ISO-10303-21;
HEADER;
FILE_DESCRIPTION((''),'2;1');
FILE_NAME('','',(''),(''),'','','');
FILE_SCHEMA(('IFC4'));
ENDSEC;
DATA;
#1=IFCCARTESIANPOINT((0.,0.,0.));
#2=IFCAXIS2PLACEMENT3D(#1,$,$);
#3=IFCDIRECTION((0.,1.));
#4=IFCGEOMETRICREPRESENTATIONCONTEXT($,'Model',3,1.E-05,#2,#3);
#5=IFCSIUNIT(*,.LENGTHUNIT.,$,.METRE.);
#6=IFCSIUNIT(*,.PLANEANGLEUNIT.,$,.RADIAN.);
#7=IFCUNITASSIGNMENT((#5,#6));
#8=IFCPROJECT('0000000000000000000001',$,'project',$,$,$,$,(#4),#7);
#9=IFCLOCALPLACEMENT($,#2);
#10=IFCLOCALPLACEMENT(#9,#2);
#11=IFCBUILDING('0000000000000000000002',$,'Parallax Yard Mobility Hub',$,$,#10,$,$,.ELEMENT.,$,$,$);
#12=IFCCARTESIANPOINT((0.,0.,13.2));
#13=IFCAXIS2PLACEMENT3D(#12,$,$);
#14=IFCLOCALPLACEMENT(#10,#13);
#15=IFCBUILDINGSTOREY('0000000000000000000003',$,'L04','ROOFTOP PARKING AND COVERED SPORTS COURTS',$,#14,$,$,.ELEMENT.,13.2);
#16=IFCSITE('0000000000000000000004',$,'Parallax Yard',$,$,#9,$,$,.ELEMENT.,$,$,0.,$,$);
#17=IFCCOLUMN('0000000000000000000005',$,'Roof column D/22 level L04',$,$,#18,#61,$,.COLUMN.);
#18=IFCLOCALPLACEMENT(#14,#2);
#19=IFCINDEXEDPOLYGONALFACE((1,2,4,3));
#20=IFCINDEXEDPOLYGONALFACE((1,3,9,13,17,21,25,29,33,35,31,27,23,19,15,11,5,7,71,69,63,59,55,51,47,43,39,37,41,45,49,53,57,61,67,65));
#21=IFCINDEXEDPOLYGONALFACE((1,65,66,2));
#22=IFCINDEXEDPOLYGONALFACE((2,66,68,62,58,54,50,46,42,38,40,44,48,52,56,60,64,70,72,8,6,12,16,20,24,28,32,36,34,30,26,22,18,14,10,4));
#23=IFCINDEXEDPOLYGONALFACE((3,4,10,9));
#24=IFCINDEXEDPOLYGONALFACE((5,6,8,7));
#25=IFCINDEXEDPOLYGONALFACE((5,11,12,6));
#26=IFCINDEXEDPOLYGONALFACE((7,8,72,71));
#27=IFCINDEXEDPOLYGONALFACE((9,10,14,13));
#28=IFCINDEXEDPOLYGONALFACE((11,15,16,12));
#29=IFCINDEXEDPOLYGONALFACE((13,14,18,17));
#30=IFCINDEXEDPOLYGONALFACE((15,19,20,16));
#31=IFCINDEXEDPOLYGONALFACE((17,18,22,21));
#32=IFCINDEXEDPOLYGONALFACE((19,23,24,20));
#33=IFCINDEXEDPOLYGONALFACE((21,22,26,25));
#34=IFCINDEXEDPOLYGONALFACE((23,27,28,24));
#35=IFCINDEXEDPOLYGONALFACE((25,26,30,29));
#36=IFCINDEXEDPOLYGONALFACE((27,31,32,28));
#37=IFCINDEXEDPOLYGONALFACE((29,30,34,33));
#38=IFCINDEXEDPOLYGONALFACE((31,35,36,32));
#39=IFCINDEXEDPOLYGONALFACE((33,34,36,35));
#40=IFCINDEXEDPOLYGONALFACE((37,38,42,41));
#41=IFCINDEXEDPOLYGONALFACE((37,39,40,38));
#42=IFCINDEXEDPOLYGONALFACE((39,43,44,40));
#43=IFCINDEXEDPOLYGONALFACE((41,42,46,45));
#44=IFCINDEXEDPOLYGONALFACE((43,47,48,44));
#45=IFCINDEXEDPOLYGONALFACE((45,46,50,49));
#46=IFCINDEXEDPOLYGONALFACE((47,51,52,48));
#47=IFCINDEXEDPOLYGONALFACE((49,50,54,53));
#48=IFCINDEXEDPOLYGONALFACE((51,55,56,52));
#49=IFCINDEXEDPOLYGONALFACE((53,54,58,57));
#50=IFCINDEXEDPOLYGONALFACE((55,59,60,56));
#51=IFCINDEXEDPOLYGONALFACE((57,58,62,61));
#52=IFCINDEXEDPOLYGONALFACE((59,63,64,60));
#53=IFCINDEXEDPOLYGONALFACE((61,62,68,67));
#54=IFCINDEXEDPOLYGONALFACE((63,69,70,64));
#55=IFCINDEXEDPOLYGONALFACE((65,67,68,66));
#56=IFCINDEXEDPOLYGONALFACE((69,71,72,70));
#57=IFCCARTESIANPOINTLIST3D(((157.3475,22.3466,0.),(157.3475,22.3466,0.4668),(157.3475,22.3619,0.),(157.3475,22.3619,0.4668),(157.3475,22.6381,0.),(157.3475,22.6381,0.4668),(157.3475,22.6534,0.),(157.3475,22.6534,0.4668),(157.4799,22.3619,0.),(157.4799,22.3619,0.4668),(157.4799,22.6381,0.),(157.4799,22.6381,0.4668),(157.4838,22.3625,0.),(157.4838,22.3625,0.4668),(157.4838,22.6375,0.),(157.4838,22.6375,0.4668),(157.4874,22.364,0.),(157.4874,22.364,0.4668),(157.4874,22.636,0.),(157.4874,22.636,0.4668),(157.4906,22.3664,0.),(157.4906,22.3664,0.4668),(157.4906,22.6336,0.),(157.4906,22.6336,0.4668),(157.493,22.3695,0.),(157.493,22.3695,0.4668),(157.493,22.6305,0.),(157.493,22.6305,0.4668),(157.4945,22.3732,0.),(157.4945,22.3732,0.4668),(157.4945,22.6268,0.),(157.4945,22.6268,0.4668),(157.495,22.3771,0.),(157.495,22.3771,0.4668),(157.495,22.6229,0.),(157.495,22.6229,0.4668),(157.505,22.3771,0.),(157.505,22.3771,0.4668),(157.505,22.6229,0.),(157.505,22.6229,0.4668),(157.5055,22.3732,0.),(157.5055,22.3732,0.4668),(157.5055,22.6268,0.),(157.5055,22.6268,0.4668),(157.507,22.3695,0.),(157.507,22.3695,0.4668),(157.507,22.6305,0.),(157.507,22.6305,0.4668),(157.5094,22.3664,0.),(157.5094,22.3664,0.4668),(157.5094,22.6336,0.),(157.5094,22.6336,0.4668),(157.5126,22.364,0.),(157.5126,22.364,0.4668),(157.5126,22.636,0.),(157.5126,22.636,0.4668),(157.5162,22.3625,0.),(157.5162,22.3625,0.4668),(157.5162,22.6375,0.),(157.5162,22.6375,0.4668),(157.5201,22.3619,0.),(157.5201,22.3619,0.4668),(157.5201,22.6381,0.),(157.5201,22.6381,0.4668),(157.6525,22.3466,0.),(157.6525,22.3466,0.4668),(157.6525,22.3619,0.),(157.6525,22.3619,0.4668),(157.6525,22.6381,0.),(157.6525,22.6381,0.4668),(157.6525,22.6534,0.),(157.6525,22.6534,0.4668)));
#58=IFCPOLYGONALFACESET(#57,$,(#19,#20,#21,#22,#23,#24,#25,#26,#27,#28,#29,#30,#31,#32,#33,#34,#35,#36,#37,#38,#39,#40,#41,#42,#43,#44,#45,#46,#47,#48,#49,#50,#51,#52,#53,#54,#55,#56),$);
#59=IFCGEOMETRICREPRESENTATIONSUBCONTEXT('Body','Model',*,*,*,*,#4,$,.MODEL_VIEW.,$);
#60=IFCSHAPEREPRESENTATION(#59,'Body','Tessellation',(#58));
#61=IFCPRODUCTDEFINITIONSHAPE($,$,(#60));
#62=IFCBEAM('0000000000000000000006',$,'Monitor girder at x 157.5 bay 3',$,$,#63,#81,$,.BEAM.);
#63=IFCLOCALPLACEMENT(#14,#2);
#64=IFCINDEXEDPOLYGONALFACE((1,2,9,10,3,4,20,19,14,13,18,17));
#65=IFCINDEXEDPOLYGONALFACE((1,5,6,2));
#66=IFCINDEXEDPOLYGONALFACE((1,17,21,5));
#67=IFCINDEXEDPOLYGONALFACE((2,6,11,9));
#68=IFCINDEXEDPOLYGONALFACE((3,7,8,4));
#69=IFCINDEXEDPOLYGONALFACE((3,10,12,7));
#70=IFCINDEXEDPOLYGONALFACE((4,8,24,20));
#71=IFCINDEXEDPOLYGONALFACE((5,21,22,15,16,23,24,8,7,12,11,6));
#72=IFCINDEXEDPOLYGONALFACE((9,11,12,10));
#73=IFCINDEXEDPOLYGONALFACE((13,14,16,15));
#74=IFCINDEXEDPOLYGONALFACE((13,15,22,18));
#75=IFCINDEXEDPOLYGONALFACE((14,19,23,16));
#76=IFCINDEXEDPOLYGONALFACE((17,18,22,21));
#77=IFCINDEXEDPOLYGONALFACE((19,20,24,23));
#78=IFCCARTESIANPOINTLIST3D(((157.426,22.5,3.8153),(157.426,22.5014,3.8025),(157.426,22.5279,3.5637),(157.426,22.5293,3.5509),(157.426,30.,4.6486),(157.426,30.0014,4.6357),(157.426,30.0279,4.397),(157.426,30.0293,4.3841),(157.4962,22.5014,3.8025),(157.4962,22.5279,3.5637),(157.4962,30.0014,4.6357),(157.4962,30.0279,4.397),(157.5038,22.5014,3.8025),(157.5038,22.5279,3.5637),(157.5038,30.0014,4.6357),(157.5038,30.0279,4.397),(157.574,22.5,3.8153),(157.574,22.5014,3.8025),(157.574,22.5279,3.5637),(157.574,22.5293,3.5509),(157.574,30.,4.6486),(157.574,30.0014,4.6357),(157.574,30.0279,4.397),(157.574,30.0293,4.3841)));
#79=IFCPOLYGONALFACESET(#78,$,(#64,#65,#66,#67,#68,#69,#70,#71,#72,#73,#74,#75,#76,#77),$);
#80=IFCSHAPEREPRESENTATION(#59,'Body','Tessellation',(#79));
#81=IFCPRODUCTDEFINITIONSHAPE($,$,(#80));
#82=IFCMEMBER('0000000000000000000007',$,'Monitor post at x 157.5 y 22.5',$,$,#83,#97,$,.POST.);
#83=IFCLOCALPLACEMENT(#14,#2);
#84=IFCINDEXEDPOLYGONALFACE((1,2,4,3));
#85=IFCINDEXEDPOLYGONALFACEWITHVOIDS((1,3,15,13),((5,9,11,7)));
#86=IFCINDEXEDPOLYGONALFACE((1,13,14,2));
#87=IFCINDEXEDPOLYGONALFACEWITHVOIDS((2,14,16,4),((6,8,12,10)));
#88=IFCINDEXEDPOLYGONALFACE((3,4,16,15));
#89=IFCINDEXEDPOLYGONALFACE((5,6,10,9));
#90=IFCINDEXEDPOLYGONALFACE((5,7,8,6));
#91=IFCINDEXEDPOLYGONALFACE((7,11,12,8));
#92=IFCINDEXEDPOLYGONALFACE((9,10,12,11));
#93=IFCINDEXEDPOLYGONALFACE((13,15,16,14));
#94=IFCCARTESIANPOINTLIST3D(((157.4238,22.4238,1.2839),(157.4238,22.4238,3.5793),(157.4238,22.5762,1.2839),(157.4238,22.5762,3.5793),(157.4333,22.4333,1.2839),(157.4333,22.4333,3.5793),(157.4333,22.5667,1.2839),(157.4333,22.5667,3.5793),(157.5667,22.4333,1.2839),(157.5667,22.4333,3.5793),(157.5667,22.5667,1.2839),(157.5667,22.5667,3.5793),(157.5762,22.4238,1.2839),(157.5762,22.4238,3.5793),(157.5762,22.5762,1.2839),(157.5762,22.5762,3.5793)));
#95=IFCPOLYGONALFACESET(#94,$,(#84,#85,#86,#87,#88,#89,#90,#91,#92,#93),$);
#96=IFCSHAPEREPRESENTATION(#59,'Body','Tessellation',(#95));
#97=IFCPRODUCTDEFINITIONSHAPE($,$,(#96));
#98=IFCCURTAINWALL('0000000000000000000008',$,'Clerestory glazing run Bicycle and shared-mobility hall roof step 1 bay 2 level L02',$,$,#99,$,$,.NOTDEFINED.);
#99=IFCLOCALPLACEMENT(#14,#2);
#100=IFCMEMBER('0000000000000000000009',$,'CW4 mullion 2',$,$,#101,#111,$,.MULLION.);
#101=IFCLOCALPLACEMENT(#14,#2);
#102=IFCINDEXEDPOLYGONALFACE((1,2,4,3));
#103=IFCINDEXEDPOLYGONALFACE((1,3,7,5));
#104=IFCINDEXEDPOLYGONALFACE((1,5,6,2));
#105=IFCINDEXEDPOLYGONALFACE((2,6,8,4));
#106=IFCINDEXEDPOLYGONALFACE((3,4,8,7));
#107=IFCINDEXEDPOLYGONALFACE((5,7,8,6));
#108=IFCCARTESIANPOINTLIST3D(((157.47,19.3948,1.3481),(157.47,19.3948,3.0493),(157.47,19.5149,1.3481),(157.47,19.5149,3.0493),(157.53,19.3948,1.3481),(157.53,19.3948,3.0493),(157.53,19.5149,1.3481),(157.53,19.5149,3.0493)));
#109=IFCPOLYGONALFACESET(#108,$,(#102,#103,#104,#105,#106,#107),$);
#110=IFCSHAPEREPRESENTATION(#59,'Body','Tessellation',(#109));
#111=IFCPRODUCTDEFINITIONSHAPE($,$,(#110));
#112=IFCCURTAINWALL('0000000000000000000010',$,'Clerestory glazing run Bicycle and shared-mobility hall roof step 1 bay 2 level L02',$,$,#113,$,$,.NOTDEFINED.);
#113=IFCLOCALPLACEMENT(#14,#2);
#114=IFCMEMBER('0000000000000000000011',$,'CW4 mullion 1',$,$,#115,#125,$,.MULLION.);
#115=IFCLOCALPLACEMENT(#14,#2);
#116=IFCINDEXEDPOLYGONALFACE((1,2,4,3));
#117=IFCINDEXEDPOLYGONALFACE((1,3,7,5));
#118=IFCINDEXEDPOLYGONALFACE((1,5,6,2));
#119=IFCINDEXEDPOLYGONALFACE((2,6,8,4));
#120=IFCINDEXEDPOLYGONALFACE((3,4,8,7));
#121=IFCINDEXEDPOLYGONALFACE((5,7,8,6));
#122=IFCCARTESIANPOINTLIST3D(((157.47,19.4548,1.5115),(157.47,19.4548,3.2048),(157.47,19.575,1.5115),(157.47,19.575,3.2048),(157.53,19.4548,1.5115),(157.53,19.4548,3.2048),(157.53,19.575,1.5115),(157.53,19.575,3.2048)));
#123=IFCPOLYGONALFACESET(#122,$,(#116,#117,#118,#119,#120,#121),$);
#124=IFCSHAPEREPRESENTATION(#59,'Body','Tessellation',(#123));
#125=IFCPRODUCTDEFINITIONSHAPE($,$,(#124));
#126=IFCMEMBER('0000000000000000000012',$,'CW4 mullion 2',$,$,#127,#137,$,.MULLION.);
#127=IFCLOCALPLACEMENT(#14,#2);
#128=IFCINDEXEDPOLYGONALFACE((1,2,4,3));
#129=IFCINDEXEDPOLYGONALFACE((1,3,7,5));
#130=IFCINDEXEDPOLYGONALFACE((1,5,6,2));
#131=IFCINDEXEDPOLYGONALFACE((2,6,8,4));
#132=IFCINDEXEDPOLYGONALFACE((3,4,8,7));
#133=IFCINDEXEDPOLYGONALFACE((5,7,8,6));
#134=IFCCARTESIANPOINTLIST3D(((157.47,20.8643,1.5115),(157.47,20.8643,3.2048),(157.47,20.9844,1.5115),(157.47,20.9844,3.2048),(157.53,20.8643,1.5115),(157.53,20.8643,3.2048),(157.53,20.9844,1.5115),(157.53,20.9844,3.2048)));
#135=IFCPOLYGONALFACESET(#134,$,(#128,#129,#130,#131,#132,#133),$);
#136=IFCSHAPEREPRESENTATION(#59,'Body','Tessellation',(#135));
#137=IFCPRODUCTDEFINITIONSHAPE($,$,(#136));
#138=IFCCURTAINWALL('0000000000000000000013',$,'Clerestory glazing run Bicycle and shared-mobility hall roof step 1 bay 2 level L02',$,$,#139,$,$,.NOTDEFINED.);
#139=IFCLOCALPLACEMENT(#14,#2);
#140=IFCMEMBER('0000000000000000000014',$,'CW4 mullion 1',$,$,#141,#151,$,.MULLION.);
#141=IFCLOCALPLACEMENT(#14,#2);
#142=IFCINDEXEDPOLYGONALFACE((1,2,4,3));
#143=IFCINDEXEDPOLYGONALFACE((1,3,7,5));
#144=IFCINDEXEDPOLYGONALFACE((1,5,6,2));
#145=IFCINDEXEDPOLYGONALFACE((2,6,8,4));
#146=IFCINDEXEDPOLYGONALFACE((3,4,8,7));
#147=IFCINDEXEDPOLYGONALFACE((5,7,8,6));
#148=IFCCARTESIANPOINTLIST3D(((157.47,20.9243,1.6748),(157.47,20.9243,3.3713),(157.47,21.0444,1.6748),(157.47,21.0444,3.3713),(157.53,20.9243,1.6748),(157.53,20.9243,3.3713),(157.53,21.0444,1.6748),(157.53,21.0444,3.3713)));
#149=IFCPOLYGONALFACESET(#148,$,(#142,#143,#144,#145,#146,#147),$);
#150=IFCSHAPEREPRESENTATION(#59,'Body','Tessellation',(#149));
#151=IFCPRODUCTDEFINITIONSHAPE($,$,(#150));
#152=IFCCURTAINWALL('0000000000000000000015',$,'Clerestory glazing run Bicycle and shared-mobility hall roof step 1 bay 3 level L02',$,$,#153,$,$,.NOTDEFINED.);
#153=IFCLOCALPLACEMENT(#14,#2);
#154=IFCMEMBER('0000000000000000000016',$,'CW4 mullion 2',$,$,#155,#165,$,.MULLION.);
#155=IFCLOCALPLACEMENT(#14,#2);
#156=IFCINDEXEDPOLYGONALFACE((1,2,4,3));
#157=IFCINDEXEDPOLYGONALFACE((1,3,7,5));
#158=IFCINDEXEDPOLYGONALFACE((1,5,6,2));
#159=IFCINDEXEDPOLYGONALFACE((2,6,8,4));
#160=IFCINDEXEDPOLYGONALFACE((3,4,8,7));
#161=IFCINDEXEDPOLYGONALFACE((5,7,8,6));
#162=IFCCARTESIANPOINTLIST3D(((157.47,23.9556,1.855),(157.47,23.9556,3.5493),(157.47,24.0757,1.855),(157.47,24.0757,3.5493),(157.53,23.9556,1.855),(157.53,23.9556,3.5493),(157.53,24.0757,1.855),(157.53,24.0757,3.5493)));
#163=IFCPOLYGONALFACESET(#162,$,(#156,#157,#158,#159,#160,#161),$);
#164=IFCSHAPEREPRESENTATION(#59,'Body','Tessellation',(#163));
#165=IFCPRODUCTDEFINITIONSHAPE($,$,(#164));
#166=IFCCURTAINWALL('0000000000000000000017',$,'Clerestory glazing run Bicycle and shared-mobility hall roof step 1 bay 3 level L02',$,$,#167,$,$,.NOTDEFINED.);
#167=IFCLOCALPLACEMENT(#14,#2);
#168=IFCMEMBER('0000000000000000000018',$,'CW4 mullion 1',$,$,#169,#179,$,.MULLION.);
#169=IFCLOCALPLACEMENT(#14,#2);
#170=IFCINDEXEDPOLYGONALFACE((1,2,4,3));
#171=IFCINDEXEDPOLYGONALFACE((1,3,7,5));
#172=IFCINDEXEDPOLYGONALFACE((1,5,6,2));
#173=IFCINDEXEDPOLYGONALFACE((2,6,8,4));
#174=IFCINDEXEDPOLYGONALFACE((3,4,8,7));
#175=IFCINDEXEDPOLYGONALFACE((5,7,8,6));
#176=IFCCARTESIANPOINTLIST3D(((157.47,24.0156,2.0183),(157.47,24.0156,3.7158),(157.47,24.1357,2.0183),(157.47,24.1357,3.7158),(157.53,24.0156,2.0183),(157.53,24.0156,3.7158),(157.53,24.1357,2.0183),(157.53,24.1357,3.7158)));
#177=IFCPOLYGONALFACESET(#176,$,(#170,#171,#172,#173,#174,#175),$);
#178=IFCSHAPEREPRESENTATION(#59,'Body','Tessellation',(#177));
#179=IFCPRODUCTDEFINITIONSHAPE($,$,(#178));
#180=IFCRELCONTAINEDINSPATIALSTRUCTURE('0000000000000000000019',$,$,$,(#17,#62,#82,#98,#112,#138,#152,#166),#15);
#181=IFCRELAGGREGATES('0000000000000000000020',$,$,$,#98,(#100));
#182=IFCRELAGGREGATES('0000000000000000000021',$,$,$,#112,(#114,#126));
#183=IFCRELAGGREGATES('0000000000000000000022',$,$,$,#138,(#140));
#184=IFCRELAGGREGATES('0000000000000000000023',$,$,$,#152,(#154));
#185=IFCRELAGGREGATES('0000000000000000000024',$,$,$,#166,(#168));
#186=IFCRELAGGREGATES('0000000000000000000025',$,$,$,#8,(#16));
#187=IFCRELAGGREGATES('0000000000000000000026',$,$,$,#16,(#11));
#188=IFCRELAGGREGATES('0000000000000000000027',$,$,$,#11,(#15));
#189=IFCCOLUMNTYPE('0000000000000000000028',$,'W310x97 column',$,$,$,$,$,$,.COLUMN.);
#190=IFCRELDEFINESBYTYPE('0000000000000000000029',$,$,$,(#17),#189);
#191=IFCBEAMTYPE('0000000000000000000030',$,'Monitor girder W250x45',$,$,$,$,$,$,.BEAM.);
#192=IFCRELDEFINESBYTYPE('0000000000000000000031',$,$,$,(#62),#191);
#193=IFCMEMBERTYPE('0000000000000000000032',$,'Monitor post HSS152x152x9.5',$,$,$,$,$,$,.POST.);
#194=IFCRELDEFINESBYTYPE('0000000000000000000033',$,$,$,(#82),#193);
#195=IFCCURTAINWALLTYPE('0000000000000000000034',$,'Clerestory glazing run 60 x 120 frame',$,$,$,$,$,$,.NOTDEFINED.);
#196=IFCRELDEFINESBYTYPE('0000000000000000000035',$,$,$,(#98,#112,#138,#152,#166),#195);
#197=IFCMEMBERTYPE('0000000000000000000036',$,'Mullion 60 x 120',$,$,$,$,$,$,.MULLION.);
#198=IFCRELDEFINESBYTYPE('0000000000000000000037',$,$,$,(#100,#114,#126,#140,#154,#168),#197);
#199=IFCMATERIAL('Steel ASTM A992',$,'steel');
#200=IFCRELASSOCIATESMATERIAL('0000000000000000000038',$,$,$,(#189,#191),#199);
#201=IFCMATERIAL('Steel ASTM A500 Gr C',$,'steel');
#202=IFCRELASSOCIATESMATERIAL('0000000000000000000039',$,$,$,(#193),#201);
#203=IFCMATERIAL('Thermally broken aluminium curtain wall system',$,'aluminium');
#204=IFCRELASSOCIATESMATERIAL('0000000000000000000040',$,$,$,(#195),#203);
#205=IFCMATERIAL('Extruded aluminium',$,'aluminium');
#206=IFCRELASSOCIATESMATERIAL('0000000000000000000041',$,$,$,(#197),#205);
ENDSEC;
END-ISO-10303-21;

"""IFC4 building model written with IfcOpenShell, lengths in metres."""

from ifc_helpers import new_model, si_unit, direction, frame, origin, origin_2d, place, context, subcontext, project, spatial, rectangle, hollow_rectangle, i_section, extrude, material, material_profile, profile_set, type_object, element, aggregate, save


model = new_model("IFC4")

# Units and contexts
model_context = context("Model", 3, precision=1e-05, world=origin(), true_north=direction((0.0, 1.0)))
body_context = subcontext(model_context, "Body", "Model", "MODEL_VIEW")
ifc_project = project(units=[si_unit("LENGTHUNIT", "METRE"), si_unit("PLANEANGLEUNIT", "RADIAN")], contexts=[model_context])

# Site, building, storey
site_placement = place(None, origin())
site = spatial("IfcSite", under=ifc_project, at=site_placement, Name="Parallax Yard", CompositionType="ELEMENT", RefElevation=0.0)
building_placement = place(site_placement, origin())
building = spatial("IfcBuilding", under=site, at=building_placement, Name="Parallax Yard Mobility Hub", CompositionType="ELEMENT")
storey_placement = place(building_placement, frame((0.0, 0.0, 13.2)))
storey = spatial("IfcBuildingStorey", under=building, at=storey_placement, Name="L04", Description="ROOFTOP PARKING AND COVERED SPORTS COURTS", CompositionType="ELEMENT", Elevation=13.2)

# Column
ifc_material_1 = material(Name="Steel ASTM A992", Category="steel")
ifc_material_profile_1 = material_profile(ifc_material_1, i_section(OverallWidth=0.3049, OverallDepth=0.3069, WebThickness=0.01, FlangeThickness=0.0154, FilletRadius=0.0151, at=origin_2d()), Name="W310x97")
ifc_profile_set_1 = profile_set([ifc_material_profile_1], Name="Steel ASTM A992")
column_type = type_object("IfcColumnType", Name="W310x97 column", PredefinedType="COLUMN", material=ifc_profile_set_1)
column_placement = place(storey_placement, frame((157.5, 22.5, 0.0), z_axis=(0.0, 0.0, 1.0), x_axis=(1.0, 0.0, 0.0)))
element("IfcColumn", 1, at=column_placement, inside=storey, type_object=column_type, Name="Roof column D/22 level L04", PredefinedType="COLUMN", context=body_context, shape_type="SweptSolid", body=[
    extrude(i_section(OverallWidth=0.3049, OverallDepth=0.3069, WebThickness=0.01, FlangeThickness=0.0154, FilletRadius=0.0151, at=origin_2d()), origin(), (0.0, 0.0, 1.0), 0.4668),
])

# Beam
ifc_material_profile_2 = material_profile(ifc_material_1, i_section(OverallWidth=0.1479, OverallDepth=0.2661, WebThickness=0.0076, FlangeThickness=0.0129, at=origin_2d()), Name="W250x45")
ifc_profile_set_2 = profile_set([ifc_material_profile_2], Name="Steel ASTM A992")
beam_type = type_object("IfcBeamType", Name="Monitor girder W250x45", PredefinedType="BEAM", material=ifc_profile_set_2)
beam_placement = place(storey_placement, frame((157.5, 22.5146, 3.6831), z_axis=(0.0, 0.993885, 0.110421), x_axis=(-1.0, 0.0, 0.0)))
element("IfcBeam", 2, at=beam_placement, inside=storey, type_object=beam_type, Name="Monitor girder at x 157.5 bay 3", PredefinedType="BEAM", context=body_context, shape_type="SweptSolid", body=[
    extrude(i_section(OverallWidth=0.1479, OverallDepth=0.2661, WebThickness=0.0076, FlangeThickness=0.0129, at=origin_2d()), origin(), (0.0, 0.0, 1.0), 7.5461),
])

# Member
ifc_material_2 = material(Name="Steel ASTM A500 Gr C", Category="steel")
ifc_material_profile_3 = material_profile(ifc_material_2, hollow_rectangle(XDim=0.1523, YDim=0.1523, WallThickness=0.0095, at=origin_2d()), Name="HSS152x152x9.5")
ifc_profile_set_3 = profile_set([ifc_material_profile_3], Name="Steel ASTM A500 Gr C")
member_type_1 = type_object("IfcMemberType", Name="Monitor post HSS152x152x9.5", PredefinedType="POST", material=ifc_profile_set_3)
member_1_placement = place(storey_placement, frame((157.5, 22.5, 1.2839), z_axis=(0.0, 0.0, 1.0), x_axis=(1.0, 0.0, 0.0)))
element("IfcMember", 3, at=member_1_placement, inside=storey, type_object=member_type_1, Name="Monitor post at x 157.5 y 22.5", PredefinedType="POST", context=body_context, shape_type="SweptSolid", body=[
    extrude(hollow_rectangle(XDim=0.1523, YDim=0.1523, WallThickness=0.0095, at=origin_2d()), origin(), (0.0, 0.0, 1.0), 2.2954),
])

# Curtain wall, member
ifc_material_3 = material(Name="Thermally broken aluminium curtain wall system", Category="aluminium")
curtain_wall_type = type_object("IfcCurtainWallType", Name="Clerestory glazing run 60 x 120 frame", PredefinedType="NOTDEFINED", material=ifc_material_3)
curtain_wall_1_placement = place(storey_placement, origin())
curtain_wall_1 = element("IfcCurtainWall", 4, at=curtain_wall_1_placement, inside=storey, type_object=curtain_wall_type, Name="Clerestory glazing run Bicycle and shared-mobility hall roof step 1 bay 2 level L02", PredefinedType="NOTDEFINED")
ifc_material_4 = material(Name="Extruded aluminium", Category="aluminium")
ifc_material_profile_4 = material_profile(ifc_material_4, rectangle(XDim=0.0601, YDim=0.1201, at=origin_2d()), Name="Mullion 60 x 120")
ifc_profile_set_4 = profile_set([ifc_material_profile_4], Name="Extruded aluminium")
member_type_2 = type_object("IfcMemberType", Name="Mullion 60 x 120", PredefinedType="MULLION", material=ifc_profile_set_4)
member_2_placement = place(storey_placement, frame((157.5, 19.4548, 1.3481), z_axis=(0.0, 0.0, 1.0), x_axis=(-1.0, 0.0, 0.0)))
member_2 = element("IfcMember", 5, at=member_2_placement, type_object=member_type_2, Name="CW4 mullion 2", PredefinedType="MULLION", context=body_context, shape_type="SweptSolid", body=[
    extrude(rectangle(XDim=0.0601, YDim=0.1201, at=origin_2d()), origin(), (0.0, 0.0, 1.0), 1.7012),
])

# Curtain wall, members
curtain_wall_2_placement = place(storey_placement, origin())
curtain_wall_2 = element("IfcCurtainWall", 6, at=curtain_wall_2_placement, inside=storey, type_object=curtain_wall_type, Name="Clerestory glazing run Bicycle and shared-mobility hall roof step 1 bay 2 level L02", PredefinedType="NOTDEFINED")
member_3_placement = place(storey_placement, frame((157.5, 19.5149, 1.5115), z_axis=(0.0, 0.0, 1.0), x_axis=(-1.0, 0.0, 0.0)))
member_3 = element("IfcMember", 7, at=member_3_placement, type_object=member_type_2, Name="CW4 mullion 1", PredefinedType="MULLION", context=body_context, shape_type="SweptSolid", body=[
    extrude(rectangle(XDim=0.0601, YDim=0.1201, at=origin_2d()), origin(), (0.0, 0.0, 1.0), 1.6934),
])
member_4_placement = place(storey_placement, frame((157.5, 20.9243, 1.5115), z_axis=(0.0, 0.0, 1.0), x_axis=(-1.0, 0.0, 0.0)))
member_4 = element("IfcMember", 8, at=member_4_placement, type_object=member_type_2, Name="CW4 mullion 2", PredefinedType="MULLION", context=body_context, shape_type="SweptSolid", body=[
    extrude(rectangle(XDim=0.0601, YDim=0.1201, at=origin_2d()), origin(), (0.0, 0.0, 1.0), 1.6934),
])

# Curtain walls, members
curtain_wall_3_placement = place(storey_placement, origin())
curtain_wall_3 = element("IfcCurtainWall", 9, at=curtain_wall_3_placement, inside=storey, type_object=curtain_wall_type, Name="Clerestory glazing run Bicycle and shared-mobility hall roof step 1 bay 2 level L02", PredefinedType="NOTDEFINED")
member_5_placement = place(storey_placement, frame((157.5, 20.9844, 1.6748), z_axis=(0.0, 0.0, 1.0), x_axis=(-1.0, 0.0, 0.0)))
member_5 = element("IfcMember", 10, at=member_5_placement, type_object=member_type_2, Name="CW4 mullion 1", PredefinedType="MULLION", context=body_context, shape_type="SweptSolid", body=[
    extrude(rectangle(XDim=0.0601, YDim=0.1201, at=origin_2d()), origin(), (0.0, 0.0, 1.0), 1.6965),
])
curtain_wall_4_placement = place(storey_placement, origin())
curtain_wall_4 = element("IfcCurtainWall", 11, at=curtain_wall_4_placement, inside=storey, type_object=curtain_wall_type, Name="Clerestory glazing run Bicycle and shared-mobility hall roof step 1 bay 3 level L02", PredefinedType="NOTDEFINED")
member_6_placement = place(storey_placement, frame((157.5, 24.0156, 1.855), z_axis=(0.0, 0.0, 1.0), x_axis=(-1.0, 0.0, 0.0)))
member_6 = element("IfcMember", 12, at=member_6_placement, type_object=member_type_2, Name="CW4 mullion 2", PredefinedType="MULLION", context=body_context, shape_type="SweptSolid", body=[
    extrude(rectangle(XDim=0.0601, YDim=0.1201, at=origin_2d()), origin(), (0.0, 0.0, 1.0), 1.6943),
])
curtain_wall_5_placement = place(storey_placement, origin())
curtain_wall_5 = element("IfcCurtainWall", 13, at=curtain_wall_5_placement, inside=storey, type_object=curtain_wall_type, Name="Clerestory glazing run Bicycle and shared-mobility hall roof step 1 bay 3 level L02", PredefinedType="NOTDEFINED")
member_7_placement = place(storey_placement, frame((157.5, 24.0757, 2.0183), z_axis=(0.0, 0.0, 1.0), x_axis=(-1.0, 0.0, 0.0)))
member_7 = element("IfcMember", 14, at=member_7_placement, type_object=member_type_2, Name="CW4 mullion 1", PredefinedType="MULLION", context=body_context, shape_type="SweptSolid", body=[
    extrude(rectangle(XDim=0.0601, YDim=0.1201, at=origin_2d()), origin(), (0.0, 0.0, 1.0), 1.6975),
])

aggregate(curtain_wall_1, [member_2])
aggregate(curtain_wall_2, [member_3, member_4])
aggregate(curtain_wall_3, [member_5])
aggregate(curtain_wall_4, [member_6])
aggregate(curtain_wall_5, [member_7])

save(model, "model.ifc")
